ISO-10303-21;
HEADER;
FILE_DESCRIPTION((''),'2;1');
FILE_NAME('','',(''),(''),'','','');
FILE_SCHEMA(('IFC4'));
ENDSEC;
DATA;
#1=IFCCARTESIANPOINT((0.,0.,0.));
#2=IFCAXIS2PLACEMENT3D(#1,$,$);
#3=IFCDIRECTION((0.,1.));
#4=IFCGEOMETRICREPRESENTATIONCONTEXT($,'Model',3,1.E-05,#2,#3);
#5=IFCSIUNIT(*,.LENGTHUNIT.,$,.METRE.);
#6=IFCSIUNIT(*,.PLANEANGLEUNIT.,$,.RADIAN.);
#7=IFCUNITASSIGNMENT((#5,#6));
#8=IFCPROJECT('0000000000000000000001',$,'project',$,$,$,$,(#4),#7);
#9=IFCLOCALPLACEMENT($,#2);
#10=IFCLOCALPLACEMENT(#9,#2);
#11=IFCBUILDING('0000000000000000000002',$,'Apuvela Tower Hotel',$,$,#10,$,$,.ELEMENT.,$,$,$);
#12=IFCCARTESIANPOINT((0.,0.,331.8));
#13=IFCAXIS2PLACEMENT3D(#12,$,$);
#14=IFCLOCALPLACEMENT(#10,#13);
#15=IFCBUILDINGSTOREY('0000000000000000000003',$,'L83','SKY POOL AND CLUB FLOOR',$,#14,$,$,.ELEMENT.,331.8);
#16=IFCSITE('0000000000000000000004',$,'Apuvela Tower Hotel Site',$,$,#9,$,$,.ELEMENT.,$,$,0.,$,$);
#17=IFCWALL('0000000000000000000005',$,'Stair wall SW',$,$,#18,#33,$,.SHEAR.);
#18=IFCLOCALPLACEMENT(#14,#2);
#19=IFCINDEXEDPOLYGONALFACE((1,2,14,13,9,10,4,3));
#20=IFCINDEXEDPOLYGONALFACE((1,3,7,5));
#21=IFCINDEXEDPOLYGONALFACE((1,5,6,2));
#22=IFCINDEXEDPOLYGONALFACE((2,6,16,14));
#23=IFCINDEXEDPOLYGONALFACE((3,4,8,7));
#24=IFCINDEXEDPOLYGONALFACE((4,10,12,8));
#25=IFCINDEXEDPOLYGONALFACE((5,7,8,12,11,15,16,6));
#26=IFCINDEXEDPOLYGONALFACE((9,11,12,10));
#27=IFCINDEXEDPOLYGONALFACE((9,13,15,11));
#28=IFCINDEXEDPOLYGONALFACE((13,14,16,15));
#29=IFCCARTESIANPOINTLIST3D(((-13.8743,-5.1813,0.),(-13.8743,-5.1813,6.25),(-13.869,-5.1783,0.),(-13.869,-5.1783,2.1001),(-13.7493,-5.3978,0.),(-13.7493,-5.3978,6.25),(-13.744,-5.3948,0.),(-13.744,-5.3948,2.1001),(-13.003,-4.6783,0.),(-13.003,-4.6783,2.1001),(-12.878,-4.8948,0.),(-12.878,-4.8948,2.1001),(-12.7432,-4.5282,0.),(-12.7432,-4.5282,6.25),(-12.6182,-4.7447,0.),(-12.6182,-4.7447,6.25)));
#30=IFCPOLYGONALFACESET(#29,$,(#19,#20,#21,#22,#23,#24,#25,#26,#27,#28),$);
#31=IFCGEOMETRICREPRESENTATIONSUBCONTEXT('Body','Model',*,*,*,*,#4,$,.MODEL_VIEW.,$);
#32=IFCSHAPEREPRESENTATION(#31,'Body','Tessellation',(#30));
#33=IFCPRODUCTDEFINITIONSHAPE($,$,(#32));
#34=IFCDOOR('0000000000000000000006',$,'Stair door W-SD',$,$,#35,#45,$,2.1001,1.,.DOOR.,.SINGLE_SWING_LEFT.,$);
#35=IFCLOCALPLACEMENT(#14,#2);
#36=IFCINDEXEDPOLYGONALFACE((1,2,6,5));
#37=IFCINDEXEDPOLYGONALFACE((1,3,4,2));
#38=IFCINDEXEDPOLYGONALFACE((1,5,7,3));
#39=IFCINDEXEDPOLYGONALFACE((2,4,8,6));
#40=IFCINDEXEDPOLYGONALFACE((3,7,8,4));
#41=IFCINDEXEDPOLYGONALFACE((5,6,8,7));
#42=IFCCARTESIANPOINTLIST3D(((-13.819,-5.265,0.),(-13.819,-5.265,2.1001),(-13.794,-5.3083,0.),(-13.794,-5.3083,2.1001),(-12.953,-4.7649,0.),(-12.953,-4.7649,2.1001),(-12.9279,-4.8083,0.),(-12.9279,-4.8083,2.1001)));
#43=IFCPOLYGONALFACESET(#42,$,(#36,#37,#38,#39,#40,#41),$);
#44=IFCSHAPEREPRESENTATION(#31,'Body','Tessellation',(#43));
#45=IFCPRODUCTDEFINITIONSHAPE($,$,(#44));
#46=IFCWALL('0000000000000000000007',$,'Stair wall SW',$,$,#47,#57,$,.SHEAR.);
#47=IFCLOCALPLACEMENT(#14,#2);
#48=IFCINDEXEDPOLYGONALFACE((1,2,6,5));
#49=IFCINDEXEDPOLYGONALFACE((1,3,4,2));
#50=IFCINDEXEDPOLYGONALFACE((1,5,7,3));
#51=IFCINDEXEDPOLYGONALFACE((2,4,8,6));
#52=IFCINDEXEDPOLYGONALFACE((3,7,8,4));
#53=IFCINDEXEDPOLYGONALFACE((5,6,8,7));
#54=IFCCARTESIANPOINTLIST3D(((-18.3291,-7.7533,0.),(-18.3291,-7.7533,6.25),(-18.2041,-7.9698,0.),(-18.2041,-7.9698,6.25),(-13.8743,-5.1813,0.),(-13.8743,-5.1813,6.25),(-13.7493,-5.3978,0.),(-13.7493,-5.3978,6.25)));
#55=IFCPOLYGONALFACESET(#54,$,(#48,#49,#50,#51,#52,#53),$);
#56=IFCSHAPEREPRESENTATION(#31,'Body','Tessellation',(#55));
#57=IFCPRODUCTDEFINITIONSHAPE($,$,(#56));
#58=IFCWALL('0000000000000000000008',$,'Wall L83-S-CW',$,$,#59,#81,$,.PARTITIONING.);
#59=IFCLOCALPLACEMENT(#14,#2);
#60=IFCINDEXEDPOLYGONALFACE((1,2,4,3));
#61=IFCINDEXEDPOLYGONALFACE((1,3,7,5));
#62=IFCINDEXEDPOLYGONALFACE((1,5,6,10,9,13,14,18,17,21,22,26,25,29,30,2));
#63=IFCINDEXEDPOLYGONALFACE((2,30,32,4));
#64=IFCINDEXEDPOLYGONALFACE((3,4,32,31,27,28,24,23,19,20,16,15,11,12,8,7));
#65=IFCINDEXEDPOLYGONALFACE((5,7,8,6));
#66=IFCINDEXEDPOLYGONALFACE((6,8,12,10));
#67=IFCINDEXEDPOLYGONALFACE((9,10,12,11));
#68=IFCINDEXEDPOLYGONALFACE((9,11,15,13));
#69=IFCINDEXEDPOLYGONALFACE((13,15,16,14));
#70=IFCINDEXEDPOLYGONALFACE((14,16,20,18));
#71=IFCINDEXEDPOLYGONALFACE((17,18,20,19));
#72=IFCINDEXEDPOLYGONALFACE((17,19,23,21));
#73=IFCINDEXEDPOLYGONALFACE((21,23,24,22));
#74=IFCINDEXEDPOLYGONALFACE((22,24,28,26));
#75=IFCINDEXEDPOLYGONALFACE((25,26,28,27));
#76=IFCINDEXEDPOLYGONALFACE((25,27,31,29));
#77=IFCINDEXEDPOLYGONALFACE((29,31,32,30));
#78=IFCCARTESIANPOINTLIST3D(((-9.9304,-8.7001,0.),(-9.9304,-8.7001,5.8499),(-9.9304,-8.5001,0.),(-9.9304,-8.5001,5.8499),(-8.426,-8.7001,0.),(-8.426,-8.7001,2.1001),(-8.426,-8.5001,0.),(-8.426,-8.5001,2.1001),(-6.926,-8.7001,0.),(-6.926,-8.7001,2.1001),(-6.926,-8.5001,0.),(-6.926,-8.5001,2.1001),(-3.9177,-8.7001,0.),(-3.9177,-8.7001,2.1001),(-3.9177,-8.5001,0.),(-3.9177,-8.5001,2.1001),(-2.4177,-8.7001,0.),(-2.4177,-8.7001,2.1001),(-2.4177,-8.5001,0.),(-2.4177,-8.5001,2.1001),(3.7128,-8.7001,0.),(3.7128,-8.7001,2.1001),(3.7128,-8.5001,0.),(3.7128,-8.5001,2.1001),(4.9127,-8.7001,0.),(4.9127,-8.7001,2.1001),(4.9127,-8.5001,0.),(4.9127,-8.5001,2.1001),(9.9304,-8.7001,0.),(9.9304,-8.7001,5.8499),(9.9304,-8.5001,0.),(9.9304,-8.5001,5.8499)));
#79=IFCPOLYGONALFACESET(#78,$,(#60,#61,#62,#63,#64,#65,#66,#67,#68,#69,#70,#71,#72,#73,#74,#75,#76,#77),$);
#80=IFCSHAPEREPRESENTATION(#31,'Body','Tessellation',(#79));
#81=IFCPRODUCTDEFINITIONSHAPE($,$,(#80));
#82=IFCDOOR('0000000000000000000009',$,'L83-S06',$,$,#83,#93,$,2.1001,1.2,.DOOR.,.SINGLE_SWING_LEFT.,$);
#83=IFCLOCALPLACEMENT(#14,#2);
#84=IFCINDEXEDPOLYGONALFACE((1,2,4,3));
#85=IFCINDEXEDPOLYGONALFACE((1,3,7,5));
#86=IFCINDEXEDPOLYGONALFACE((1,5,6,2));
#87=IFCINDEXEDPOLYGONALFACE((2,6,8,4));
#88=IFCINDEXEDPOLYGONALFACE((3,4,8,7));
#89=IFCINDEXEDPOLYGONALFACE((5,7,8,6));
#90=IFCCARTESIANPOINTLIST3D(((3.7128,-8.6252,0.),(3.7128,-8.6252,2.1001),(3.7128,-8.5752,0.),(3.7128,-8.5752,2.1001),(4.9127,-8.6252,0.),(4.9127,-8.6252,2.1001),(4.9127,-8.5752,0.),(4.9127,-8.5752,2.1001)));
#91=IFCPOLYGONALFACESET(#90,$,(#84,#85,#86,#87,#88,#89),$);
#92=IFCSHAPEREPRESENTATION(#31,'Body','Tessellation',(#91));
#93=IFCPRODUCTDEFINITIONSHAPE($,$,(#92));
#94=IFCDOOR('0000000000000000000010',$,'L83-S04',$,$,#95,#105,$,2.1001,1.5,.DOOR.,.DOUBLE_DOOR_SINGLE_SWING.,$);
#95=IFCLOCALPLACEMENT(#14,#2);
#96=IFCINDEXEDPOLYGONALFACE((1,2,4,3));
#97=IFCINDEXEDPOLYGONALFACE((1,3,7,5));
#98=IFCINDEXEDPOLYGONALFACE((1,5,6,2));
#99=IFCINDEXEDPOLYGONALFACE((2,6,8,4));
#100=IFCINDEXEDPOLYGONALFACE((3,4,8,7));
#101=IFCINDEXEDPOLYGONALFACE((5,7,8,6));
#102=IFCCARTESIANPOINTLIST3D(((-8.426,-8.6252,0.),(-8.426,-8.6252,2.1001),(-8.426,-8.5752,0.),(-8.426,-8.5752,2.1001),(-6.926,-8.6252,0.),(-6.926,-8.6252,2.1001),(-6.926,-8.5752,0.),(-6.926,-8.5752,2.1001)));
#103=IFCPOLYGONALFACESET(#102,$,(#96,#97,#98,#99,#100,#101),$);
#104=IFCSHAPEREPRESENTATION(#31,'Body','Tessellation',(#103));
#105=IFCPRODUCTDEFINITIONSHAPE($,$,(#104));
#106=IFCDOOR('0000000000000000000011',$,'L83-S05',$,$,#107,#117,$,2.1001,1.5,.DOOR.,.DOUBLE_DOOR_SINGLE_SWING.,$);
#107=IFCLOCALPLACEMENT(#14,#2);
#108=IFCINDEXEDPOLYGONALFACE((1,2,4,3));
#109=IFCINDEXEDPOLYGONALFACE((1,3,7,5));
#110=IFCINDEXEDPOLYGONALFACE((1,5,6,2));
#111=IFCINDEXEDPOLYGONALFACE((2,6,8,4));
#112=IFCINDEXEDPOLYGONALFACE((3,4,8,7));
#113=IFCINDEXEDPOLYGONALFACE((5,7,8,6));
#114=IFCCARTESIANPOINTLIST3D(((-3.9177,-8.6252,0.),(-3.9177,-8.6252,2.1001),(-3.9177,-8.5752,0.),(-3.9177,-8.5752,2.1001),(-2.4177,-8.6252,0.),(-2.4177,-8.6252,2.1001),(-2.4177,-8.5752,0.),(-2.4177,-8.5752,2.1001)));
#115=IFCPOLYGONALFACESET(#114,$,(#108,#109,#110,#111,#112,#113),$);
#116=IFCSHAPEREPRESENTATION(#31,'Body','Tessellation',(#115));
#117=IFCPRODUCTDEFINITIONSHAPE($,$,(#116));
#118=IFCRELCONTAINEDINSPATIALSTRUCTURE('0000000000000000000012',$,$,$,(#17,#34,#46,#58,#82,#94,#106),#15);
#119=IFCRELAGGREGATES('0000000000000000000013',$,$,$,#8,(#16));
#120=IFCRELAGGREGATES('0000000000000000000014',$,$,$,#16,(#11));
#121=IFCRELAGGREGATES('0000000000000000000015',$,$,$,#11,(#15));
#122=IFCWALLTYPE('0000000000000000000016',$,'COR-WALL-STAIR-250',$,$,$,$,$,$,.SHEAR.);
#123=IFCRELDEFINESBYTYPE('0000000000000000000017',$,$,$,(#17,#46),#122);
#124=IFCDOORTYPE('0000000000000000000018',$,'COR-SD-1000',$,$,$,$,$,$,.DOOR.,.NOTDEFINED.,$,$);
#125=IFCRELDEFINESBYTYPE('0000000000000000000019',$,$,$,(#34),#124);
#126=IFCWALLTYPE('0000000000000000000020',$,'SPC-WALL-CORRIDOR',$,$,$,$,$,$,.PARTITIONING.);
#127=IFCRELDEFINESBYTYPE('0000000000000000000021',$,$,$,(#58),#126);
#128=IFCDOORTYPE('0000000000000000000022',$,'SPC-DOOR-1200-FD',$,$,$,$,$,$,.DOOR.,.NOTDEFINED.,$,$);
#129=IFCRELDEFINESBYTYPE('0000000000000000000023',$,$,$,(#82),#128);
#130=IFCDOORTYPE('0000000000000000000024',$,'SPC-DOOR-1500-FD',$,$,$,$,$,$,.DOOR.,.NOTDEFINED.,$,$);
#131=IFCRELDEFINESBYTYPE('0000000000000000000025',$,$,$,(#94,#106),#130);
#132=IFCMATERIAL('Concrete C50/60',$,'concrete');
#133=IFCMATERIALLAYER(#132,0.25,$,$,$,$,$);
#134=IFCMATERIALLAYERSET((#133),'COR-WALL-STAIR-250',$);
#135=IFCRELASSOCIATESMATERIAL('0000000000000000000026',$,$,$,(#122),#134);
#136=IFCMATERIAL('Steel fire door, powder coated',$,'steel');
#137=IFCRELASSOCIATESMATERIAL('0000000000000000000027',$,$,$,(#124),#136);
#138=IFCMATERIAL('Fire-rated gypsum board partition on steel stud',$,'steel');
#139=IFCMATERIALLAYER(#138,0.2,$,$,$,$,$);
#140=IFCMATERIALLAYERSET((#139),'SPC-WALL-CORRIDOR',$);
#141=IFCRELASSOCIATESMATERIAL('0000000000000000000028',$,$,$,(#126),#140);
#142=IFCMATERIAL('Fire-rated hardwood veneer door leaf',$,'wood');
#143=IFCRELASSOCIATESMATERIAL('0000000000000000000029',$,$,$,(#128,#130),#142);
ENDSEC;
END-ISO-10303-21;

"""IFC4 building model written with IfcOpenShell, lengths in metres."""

from ifc_helpers import new_model, si_unit, direction, frame, frame_2d, origin, place, context, subcontext, project, spatial, rectangle, extrude, material, layer, layer_set, type_object, element, fill, save


model = new_model("IFC4")

# Units and contexts
model_context = context("Model", 3, precision=1e-05, world=origin(), true_north=direction((0.0, 1.0)))
body_context = subcontext(model_context, "Body", "Model", "MODEL_VIEW")
ifc_project = project(units=[si_unit("LENGTHUNIT", "METRE"), si_unit("PLANEANGLEUNIT", "RADIAN")], contexts=[model_context])

# Site, building, storey
site_placement = place(None, origin())
site = spatial("IfcSite", under=ifc_project, at=site_placement, Name="Apuvela Tower Hotel Site", CompositionType="ELEMENT", RefElevation=0.0)
building_placement = place(site_placement, origin())
building = spatial("IfcBuilding", under=site, at=building_placement, Name="Apuvela Tower Hotel", CompositionType="ELEMENT")
storey_placement = place(building_placement, frame((0.0, 0.0, 331.8)))
storey = spatial("IfcBuildingStorey", under=building, at=storey_placement, Name="L83", Description="SKY POOL AND CLUB FLOOR", CompositionType="ELEMENT", Elevation=331.8)

# Shared definitions
ifc_material_1 = material(Name="Concrete C50/60", Category="concrete")

# Shared definitions
ifc_material_2 = material(Name="Steel fire door, powder coated", Category="steel")

# Wall, opening, door
ifc_layer_1 = layer(ifc_material_1, 0.25)
ifc_layer_set_1 = layer_set([ifc_layer_1], Name="COR-WALL-STAIR-250")
wall_type_1 = type_object("IfcWallType", Name="COR-WALL-STAIR-250", PredefinedType="SHEAR", material=ifc_layer_set_1)
wall_1_placement = place(storey_placement, frame((-12.6807, -4.6365, 0.0), z_axis=(0.0, 0.0, 1.0), x_axis=(-0.866014, -0.500019, 0.0)))
wall_1 = element("IfcWall", 1, at=wall_1_placement, inside=storey, type_object=wall_type_1, Name="Stair wall SW", PredefinedType="SHEAR", context=body_context, shape_type="SweptSolid", body=[
    extrude(rectangle(XDim=1.3062, YDim=0.25, at=frame_2d((0.6531, 0.0))), origin(), (0.0, 0.0, 1.0), 6.25),
])
opening_1_placement = place(wall_1_placement, frame((0.3, 0.0, 0.0)))
opening_1 = element("IfcOpeningElement", 2, at=opening_1_placement, cuts=wall_1, PredefinedType="OPENING", context=body_context, shape_type="SweptSolid", body=[
    extrude(rectangle(XDim=1.0, YDim=2.1001, at=frame_2d((0.5, 1.05))), frame((0.0, 0.135, 0.0), z_axis=(0.0, -1.0, 0.0), x_axis=(1.0, 0.0, 0.0)), (0.0, 0.0, 1.0), 0.27),
])
door_type_1 = type_object("IfcDoorType", Name="COR-SD-1000", OperationType="NOTDEFINED", PredefinedType="DOOR", material=ifc_material_2)
door_1_placement = place(opening_1_placement, frame((1.0, 0.0, 0.0), z_axis=(0.0, 0.0, 1.0), x_axis=(-1.0, 0.0, 0.0)))
door_1 = element("IfcDoor", 3, at=door_1_placement, inside=storey, type_object=door_type_1, Name="Stair door W-SD", OperationType="SINGLE_SWING_LEFT", OverallHeight=2.1001, OverallWidth=1.0, PredefinedType="DOOR", context=body_context, shape_type="SweptSolid", body=[
    extrude(rectangle(XDim=1.0, YDim=2.1001, at=frame_2d((0.5, 1.05))), frame((0.0, 0.0249, 0.0), z_axis=(0.0, -1.0, 0.0), x_axis=(1.0, 0.0, 0.0)), (0.0, 0.0, 1.0), 0.05),
])
fill(opening_1, door_1)

# Wall
wall_2_placement = place(storey_placement, frame((-13.8118, -5.2896, 0.0), z_axis=(0.0, 0.0, 1.0), x_axis=(-0.866024, -0.500003, 0.0)))
element("IfcWall", 4, at=wall_2_placement, inside=storey, type_object=wall_type_1, Name="Stair wall SW", PredefinedType="SHEAR", context=body_context, shape_type="SweptSolid", body=[
    extrude(rectangle(XDim=5.144, YDim=0.25, at=frame_2d((2.572, 0.0))), origin(), (0.0, 0.0, 1.0), 6.25),
])

# Wall, openings, doors
ifc_material_3 = material(Name="Fire-rated gypsum board partition on steel stud", Category="steel")
ifc_layer_2 = layer(ifc_material_3, 0.2)
ifc_layer_set_2 = layer_set([ifc_layer_2], Name="SPC-WALL-CORRIDOR")
wall_type_2 = type_object("IfcWallType", Name="SPC-WALL-CORRIDOR", PredefinedType="PARTITIONING", material=ifc_layer_set_2)
wall_3_placement = place(storey_placement, frame((-9.9304, -8.6001, 0.0), z_axis=(0.0, 0.0, 1.0), x_axis=(1.0, 0.0, 0.0)))
wall_3 = element("IfcWall", 5, at=wall_3_placement, inside=storey, type_object=wall_type_2, Name="Wall L83-S-CW", PredefinedType="PARTITIONING", context=body_context, shape_type="SweptSolid", body=[
    extrude(rectangle(XDim=19.8608, YDim=0.2, at=frame_2d((9.9304, 0.0))), origin(), (0.0, 0.0, 1.0), 5.8499),
])
opening_2_placement = place(wall_3_placement, frame((1.5044, 0.0, 0.0)))
opening_2 = element("IfcOpeningElement", 6, at=opening_2_placement, cuts=wall_3, PredefinedType="OPENING", context=body_context, shape_type="SweptSolid", body=[
    extrude(rectangle(XDim=1.5, YDim=2.1001, at=frame_2d((0.75, 1.05))), frame((0.0, 0.1099, 0.0), z_axis=(0.0, -1.0, 0.0), x_axis=(1.0, 0.0, 0.0)), (0.0, 0.0, 1.0), 0.22),
])
opening_3_placement = place(wall_3_placement, frame((6.0127, 0.0, 0.0)))
opening_3 = element("IfcOpeningElement", 7, at=opening_3_placement, cuts=wall_3, PredefinedType="OPENING", context=body_context, shape_type="SweptSolid", body=[
    extrude(rectangle(XDim=1.5, YDim=2.1001, at=frame_2d((0.75, 1.05))), frame((0.0, 0.1099, 0.0), z_axis=(0.0, -1.0, 0.0), x_axis=(1.0, 0.0, 0.0)), (0.0, 0.0, 1.0), 0.22),
])
opening_4_placement = place(wall_3_placement, frame((13.6431, 0.0, 0.0)))
opening_4 = element("IfcOpeningElement", 8, at=opening_4_placement, cuts=wall_3, PredefinedType="OPENING", context=body_context, shape_type="SweptSolid", body=[
    extrude(rectangle(XDim=1.2, YDim=2.1001, at=frame_2d((0.6001, 1.05))), frame((0.0, 0.1099, 0.0), z_axis=(0.0, -1.0, 0.0), x_axis=(1.0, 0.0, 0.0)), (0.0, 0.0, 1.0), 0.22),
])
ifc_material_4 = material(Name="Fire-rated hardwood veneer door leaf", Category="wood")
door_type_2 = type_object("IfcDoorType", Name="SPC-DOOR-1200-FD", OperationType="NOTDEFINED", PredefinedType="DOOR", material=ifc_material_4)
door_2_placement = place(opening_4_placement, origin())
door_2 = element("IfcDoor", 9, at=door_2_placement, inside=storey, type_object=door_type_2, Name="L83-S06", OperationType="SINGLE_SWING_LEFT", OverallHeight=2.1001, OverallWidth=1.2, PredefinedType="DOOR", context=body_context, shape_type="SweptSolid", body=[
    extrude(rectangle(XDim=1.2, YDim=2.1001, at=frame_2d((0.6001, 1.05))), frame((0.0, 0.0249, 0.0), z_axis=(0.0, -1.0, 0.0), x_axis=(1.0, 0.0, 0.0)), (0.0, 0.0, 1.0), 0.05),
])
fill(opening_4, door_2)
door_type_3 = type_object("IfcDoorType", Name="SPC-DOOR-1500-FD", OperationType="NOTDEFINED", PredefinedType="DOOR", material=ifc_material_4)
door_3_placement = place(opening_2_placement, origin())
door_3 = element("IfcDoor", 10, at=door_3_placement, inside=storey, type_object=door_type_3, Name="L83-S04", OperationType="DOUBLE_DOOR_SINGLE_SWING", OverallHeight=2.1001, OverallWidth=1.5, PredefinedType="DOOR", context=body_context, shape_type="SweptSolid", body=[
    extrude(rectangle(XDim=1.5, YDim=2.1001, at=frame_2d((0.75, 1.05))), frame((0.0, 0.0249, 0.0), z_axis=(0.0, -1.0, 0.0), x_axis=(1.0, 0.0, 0.0)), (0.0, 0.0, 1.0), 0.05),
])
fill(opening_2, door_3)
door_4_placement = place(opening_3_placement, origin())
door_4 = element("IfcDoor", 11, at=door_4_placement, inside=storey, type_object=door_type_3, Name="L83-S05", OperationType="DOUBLE_DOOR_SINGLE_SWING", OverallHeight=2.1001, OverallWidth=1.5, PredefinedType="DOOR", context=body_context, shape_type="SweptSolid", body=[
    extrude(rectangle(XDim=1.5, YDim=2.1001, at=frame_2d((0.75, 1.05))), frame((0.0, 0.0249, 0.0), z_axis=(0.0, -1.0, 0.0), x_axis=(1.0, 0.0, 0.0)), (0.0, 0.0, 1.0), 0.05),
])
fill(opening_3, door_4)

save(model, "model.ifc")
